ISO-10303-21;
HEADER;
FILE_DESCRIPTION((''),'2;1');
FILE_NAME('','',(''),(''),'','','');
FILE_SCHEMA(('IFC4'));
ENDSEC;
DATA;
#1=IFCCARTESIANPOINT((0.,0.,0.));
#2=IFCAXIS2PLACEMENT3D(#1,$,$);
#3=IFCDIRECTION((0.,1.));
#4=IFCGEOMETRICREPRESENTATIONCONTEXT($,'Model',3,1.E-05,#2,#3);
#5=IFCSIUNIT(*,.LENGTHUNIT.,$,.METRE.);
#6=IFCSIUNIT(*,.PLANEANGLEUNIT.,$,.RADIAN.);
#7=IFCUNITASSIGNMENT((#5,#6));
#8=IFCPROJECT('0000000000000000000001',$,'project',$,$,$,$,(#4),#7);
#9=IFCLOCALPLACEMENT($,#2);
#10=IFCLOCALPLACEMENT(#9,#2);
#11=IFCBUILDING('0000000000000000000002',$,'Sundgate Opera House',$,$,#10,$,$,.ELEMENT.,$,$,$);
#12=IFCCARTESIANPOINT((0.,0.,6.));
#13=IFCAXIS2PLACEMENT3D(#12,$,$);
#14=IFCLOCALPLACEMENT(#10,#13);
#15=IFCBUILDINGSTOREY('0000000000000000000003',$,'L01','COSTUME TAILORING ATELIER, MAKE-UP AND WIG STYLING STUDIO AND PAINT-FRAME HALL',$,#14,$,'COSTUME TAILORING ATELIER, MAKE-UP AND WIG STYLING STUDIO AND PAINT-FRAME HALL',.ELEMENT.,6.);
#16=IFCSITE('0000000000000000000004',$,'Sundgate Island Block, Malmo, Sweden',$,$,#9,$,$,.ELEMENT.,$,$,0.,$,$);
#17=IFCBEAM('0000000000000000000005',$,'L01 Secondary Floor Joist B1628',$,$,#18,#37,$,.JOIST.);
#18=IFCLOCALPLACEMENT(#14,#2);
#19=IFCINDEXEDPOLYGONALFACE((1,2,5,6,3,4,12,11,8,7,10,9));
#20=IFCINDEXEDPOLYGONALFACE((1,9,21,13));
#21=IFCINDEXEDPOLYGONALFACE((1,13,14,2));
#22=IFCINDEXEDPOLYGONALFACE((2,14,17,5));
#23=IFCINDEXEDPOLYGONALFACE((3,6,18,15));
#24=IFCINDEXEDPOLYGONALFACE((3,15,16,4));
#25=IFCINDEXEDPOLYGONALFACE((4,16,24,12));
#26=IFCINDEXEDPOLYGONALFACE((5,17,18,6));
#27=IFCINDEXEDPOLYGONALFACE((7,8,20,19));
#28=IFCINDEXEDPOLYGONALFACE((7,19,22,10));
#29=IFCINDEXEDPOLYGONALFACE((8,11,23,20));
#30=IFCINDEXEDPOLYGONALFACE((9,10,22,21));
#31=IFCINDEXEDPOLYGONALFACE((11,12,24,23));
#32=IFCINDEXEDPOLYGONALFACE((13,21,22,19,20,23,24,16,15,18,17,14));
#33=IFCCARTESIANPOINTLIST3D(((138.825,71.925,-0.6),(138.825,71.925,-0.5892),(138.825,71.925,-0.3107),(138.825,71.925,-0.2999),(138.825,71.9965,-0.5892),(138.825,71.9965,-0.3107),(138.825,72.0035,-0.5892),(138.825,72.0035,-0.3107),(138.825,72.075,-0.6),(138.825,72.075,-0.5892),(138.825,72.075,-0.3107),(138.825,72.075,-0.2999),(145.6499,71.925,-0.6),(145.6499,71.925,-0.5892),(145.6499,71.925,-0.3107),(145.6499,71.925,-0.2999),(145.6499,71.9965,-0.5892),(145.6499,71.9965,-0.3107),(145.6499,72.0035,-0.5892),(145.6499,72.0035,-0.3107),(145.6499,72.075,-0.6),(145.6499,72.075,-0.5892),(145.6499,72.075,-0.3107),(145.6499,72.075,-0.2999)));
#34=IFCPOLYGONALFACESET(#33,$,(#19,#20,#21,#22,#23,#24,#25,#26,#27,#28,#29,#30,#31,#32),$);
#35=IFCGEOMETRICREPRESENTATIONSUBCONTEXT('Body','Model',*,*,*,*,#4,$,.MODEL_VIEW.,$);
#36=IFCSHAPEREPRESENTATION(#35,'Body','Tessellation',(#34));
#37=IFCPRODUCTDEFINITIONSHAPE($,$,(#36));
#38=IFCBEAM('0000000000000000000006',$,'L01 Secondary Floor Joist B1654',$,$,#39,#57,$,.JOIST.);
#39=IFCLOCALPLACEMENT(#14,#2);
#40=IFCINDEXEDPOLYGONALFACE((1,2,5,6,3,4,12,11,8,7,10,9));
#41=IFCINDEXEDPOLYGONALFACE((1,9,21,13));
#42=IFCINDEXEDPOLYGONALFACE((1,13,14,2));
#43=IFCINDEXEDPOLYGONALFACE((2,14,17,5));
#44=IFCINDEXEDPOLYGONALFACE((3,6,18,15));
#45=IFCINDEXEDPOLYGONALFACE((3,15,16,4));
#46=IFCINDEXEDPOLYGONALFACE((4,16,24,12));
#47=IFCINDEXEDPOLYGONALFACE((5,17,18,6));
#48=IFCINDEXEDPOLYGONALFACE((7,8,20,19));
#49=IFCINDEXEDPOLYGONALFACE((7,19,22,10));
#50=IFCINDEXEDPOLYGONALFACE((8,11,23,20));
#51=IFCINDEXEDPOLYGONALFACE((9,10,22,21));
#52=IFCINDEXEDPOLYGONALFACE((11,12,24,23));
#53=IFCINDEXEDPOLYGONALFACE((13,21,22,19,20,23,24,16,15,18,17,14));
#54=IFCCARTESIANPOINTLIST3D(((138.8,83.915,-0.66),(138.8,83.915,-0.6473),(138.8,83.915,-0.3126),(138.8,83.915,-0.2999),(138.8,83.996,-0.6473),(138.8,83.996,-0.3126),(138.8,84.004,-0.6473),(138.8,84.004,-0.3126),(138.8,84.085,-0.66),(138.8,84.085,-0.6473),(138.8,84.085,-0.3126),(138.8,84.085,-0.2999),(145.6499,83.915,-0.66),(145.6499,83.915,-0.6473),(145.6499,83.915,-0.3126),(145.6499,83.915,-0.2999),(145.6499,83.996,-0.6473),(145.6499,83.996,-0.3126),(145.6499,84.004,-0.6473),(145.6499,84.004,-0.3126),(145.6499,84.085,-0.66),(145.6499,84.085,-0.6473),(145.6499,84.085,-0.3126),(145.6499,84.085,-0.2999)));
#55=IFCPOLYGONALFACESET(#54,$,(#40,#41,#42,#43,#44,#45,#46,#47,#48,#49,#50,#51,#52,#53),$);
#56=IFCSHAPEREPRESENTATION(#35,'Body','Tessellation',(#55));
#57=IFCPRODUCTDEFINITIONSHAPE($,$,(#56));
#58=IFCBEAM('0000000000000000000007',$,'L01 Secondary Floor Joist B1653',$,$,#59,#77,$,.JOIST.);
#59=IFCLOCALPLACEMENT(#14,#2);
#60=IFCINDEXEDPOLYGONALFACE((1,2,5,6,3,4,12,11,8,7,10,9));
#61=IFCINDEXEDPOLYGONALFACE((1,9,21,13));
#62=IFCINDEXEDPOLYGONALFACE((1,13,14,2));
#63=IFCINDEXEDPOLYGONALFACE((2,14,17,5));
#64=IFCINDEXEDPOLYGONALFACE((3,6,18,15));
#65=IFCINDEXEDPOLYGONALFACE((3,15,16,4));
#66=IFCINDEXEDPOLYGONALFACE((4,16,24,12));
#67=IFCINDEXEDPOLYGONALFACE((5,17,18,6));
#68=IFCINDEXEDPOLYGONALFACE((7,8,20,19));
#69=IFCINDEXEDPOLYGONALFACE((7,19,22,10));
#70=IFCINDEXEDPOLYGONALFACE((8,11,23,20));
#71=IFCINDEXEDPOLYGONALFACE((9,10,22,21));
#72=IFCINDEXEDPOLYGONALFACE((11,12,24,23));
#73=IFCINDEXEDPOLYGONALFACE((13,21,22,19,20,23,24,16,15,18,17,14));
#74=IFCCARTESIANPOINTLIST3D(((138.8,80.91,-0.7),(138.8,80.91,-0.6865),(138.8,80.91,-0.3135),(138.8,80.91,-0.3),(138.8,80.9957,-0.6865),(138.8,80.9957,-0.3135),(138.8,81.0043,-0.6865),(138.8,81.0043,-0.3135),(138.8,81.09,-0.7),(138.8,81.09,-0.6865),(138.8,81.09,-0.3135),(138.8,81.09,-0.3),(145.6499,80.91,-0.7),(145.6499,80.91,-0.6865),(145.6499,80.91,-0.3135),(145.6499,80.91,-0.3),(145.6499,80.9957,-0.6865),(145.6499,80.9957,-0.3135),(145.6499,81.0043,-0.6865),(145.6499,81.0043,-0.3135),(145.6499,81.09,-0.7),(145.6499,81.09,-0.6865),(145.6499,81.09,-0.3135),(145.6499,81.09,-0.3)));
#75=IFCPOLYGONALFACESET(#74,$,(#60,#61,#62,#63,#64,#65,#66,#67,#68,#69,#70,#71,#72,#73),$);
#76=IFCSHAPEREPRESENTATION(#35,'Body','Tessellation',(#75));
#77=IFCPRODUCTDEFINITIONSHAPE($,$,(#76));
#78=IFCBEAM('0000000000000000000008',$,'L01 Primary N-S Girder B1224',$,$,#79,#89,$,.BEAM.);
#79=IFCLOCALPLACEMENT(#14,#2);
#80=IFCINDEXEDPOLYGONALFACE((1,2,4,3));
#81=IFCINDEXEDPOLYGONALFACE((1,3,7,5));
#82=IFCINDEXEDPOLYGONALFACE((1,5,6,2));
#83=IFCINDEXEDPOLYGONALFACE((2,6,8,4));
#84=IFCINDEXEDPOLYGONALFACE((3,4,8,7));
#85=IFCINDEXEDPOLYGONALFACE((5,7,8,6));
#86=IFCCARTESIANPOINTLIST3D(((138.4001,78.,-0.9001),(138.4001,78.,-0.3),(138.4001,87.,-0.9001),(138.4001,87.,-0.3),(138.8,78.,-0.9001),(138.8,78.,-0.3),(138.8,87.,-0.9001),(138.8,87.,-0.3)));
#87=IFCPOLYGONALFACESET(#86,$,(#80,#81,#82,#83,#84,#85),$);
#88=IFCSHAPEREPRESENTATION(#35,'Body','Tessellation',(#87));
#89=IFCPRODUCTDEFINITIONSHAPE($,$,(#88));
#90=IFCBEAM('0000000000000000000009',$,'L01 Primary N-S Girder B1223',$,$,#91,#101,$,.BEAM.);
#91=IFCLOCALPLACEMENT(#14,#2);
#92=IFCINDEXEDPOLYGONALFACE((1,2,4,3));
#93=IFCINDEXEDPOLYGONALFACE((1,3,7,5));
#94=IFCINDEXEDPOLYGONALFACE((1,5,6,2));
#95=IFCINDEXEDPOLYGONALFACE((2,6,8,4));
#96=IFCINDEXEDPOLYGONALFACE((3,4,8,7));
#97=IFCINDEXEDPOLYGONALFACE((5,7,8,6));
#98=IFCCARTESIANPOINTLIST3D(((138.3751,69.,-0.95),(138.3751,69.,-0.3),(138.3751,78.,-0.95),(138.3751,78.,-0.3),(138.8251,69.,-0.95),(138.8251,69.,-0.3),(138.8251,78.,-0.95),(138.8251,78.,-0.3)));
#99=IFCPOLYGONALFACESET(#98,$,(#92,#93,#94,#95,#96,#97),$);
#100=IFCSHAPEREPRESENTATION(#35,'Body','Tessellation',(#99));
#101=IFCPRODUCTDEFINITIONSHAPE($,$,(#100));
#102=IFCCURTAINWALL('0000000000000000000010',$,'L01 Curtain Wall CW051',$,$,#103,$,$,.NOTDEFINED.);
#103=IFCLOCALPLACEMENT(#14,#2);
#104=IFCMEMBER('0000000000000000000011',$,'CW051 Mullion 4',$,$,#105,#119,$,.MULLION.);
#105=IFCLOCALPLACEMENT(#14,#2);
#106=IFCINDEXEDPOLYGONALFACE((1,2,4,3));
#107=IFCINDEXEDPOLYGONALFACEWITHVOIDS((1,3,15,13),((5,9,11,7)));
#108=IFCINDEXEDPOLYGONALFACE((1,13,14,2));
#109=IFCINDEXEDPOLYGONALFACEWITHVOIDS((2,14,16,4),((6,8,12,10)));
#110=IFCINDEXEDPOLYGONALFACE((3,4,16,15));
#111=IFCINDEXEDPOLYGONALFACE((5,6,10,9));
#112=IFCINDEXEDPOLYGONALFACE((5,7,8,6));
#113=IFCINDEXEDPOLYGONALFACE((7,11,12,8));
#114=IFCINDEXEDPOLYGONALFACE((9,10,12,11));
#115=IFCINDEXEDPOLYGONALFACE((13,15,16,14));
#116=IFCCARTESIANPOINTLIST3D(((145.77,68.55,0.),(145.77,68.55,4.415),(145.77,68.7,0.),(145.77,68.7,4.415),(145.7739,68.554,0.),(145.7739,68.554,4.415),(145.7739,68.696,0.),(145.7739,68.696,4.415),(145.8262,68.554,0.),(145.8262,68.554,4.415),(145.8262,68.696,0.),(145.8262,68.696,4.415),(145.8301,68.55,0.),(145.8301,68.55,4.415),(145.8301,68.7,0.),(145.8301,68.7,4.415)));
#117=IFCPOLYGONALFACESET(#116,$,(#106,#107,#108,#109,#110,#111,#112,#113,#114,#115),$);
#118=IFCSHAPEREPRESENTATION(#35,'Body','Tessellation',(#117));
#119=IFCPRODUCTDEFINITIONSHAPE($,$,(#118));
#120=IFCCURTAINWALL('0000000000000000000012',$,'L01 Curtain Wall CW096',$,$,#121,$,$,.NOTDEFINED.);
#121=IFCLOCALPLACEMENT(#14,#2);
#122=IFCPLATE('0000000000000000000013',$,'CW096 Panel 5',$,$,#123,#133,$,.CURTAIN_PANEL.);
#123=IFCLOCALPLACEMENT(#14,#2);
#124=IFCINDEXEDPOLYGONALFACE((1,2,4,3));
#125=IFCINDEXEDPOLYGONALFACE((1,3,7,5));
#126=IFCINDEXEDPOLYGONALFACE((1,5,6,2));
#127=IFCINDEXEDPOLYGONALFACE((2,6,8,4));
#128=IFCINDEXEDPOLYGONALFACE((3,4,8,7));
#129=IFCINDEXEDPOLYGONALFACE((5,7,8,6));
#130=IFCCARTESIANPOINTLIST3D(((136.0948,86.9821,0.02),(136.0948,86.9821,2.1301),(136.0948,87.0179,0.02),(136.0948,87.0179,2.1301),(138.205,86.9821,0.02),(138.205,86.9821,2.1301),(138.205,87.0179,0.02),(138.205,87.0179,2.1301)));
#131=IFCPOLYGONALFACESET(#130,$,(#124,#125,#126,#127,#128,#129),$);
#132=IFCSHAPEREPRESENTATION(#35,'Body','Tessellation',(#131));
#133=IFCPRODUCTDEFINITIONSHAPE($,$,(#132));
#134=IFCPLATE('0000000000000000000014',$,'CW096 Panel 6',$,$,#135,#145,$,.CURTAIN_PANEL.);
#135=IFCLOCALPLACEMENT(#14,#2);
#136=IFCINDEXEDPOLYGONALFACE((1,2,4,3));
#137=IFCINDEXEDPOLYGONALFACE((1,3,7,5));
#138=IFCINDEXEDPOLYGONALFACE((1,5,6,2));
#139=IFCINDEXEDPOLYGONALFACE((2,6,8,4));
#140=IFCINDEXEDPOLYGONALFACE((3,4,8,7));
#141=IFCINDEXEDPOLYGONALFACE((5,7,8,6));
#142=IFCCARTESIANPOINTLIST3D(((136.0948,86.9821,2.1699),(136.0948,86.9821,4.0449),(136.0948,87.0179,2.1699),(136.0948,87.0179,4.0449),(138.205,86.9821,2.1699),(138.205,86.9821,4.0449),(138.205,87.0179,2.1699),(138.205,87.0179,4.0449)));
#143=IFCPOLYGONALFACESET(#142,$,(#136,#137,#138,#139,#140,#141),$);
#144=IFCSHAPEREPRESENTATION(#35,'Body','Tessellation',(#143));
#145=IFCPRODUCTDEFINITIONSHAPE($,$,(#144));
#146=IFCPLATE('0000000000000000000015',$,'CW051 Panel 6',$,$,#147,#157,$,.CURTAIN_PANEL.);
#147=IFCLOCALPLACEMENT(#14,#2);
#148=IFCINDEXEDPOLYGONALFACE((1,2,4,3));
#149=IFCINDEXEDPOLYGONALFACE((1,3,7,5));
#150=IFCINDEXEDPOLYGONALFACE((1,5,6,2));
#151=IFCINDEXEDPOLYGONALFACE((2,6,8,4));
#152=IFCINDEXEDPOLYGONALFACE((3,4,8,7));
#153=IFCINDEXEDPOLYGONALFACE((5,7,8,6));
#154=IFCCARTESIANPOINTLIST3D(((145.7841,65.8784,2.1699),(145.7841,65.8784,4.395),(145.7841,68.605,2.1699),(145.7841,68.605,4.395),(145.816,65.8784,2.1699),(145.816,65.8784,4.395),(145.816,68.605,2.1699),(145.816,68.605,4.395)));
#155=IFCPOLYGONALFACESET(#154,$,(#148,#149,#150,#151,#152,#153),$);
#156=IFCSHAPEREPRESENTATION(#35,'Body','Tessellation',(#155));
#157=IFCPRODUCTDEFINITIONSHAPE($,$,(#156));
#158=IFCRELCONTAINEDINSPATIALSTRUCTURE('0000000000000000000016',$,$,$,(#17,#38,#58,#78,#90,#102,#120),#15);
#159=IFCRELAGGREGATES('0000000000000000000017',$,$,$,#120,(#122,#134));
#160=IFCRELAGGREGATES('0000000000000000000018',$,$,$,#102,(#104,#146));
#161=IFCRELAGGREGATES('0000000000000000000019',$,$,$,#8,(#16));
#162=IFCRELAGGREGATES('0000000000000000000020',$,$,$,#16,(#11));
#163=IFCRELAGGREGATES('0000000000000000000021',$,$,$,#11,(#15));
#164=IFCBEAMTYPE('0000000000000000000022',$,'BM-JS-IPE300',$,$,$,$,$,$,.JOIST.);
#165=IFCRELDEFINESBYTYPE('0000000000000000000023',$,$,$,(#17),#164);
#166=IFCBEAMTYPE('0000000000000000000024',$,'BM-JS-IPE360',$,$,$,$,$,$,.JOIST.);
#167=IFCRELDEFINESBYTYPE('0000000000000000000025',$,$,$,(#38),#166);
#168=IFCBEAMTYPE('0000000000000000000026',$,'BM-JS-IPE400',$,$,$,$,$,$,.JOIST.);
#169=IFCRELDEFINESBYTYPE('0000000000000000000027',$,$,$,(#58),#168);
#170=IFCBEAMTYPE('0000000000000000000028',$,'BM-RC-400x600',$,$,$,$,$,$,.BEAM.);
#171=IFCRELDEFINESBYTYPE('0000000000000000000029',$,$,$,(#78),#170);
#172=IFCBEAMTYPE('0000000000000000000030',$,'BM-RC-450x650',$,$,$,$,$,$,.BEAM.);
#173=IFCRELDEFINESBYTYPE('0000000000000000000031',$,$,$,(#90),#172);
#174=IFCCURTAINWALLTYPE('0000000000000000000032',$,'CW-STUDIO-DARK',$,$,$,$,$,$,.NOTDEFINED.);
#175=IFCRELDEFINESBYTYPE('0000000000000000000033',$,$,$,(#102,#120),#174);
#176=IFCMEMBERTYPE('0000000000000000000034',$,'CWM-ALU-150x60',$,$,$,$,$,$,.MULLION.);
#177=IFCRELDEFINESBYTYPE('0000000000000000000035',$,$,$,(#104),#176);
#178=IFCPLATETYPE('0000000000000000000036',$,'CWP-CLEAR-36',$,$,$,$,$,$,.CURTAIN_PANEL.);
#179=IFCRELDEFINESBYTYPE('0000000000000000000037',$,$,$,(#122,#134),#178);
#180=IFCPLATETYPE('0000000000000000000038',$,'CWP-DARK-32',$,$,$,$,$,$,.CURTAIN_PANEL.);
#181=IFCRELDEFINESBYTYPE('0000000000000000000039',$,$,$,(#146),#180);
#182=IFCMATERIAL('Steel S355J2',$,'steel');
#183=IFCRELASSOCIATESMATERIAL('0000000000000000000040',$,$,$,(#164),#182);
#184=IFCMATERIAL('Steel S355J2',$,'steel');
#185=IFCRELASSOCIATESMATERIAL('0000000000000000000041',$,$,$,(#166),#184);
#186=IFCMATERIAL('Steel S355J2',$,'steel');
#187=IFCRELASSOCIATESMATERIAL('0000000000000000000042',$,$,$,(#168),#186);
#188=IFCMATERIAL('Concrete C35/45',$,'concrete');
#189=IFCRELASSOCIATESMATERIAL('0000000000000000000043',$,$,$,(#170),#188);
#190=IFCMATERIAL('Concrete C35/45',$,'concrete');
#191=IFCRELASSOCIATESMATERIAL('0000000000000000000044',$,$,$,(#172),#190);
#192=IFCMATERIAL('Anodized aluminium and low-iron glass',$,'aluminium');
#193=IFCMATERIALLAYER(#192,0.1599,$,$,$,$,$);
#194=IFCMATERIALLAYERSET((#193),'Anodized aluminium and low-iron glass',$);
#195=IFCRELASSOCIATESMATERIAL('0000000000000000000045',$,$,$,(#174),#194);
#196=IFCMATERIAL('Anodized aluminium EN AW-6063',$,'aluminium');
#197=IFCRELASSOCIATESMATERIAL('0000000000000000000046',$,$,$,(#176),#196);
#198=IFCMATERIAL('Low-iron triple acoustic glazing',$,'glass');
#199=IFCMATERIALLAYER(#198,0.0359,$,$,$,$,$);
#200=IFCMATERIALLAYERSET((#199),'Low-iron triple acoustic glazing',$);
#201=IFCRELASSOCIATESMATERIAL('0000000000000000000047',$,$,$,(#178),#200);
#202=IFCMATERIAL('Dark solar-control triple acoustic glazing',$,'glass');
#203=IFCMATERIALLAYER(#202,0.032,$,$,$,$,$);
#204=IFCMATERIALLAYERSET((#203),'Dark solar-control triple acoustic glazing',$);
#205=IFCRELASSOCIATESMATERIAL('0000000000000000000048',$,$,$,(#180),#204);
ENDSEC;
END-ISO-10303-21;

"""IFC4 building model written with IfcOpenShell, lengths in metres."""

from ifc_helpers import new_model, si_unit, direction, frame, origin, origin_2d, place, context, subcontext, project, spatial, rectangle, hollow_rectangle, i_section, extrude, material, layer, layer_set, material_profile, profile_set, type_object, element, aggregate, save


model = new_model("IFC4")

# Units and contexts
model_context = context("Model", 3, precision=1e-05, world=origin(), true_north=direction((0.0, 1.0)))
body_context = subcontext(model_context, "Body", "Model", "MODEL_VIEW")
ifc_project = project(units=[si_unit("LENGTHUNIT", "METRE"), si_unit("PLANEANGLEUNIT", "RADIAN")], contexts=[model_context])

# Site, building, storey
site_placement = place(None, origin())
site = spatial("IfcSite", under=ifc_project, at=site_placement, Name="Sundgate Island Block, Malmo, Sweden", CompositionType="ELEMENT", RefElevation=0.0)
building_placement = place(site_placement, origin())
building = spatial("IfcBuilding", under=site, at=building_placement, Name="Sundgate Opera House", CompositionType="ELEMENT")
storey_placement = place(building_placement, frame((0.0, 0.0, 6.0)))
storey = spatial("IfcBuildingStorey", under=building, at=storey_placement, Name="L01", Description="COSTUME TAILORING ATELIER, MAKE-UP AND WIG STYLING STUDIO AND PAINT-FRAME HALL", LongName="COSTUME TAILORING ATELIER, MAKE-UP AND WIG STYLING STUDIO AND PAINT-FRAME HALL", CompositionType="ELEMENT", Elevation=6.0)

# Beams
ifc_material_1 = material(Name="Steel S355J2", Category="steel")
ifc_material_profile_1 = material_profile(ifc_material_1, i_section(OverallWidth=0.1499, OverallDepth=0.3, WebThickness=0.0071, FlangeThickness=0.0107, at=origin_2d()), Name="IPE 300")
ifc_profile_set_1 = profile_set([ifc_material_profile_1], Name="Steel S355J2")
beam_type_1 = type_object("IfcBeamType", Name="BM-JS-IPE300", PredefinedType="JOIST", material=ifc_profile_set_1)
beam_1_placement = place(storey_placement, frame((138.825, 72.0, -0.45), z_axis=(1.0, 0.0, 0.0), x_axis=(0.0, 1.0, 0.0)))
element("IfcBeam", 1, at=beam_1_placement, inside=storey, type_object=beam_type_1, Name="L01 Secondary Floor Joist B1628", PredefinedType="JOIST", context=body_context, shape_type="SweptSolid", body=[
    extrude(i_section(OverallWidth=0.1499, OverallDepth=0.3, WebThickness=0.0071, FlangeThickness=0.0107, at=origin_2d()), origin(), (0.0, 0.0, 1.0), 6.825),
])
ifc_material_2 = material(Name="Steel S355J2", Category="steel")
ifc_material_profile_2 = material_profile(ifc_material_2, i_section(OverallWidth=0.1699, OverallDepth=0.3601, WebThickness=0.0081, FlangeThickness=0.0127, at=origin_2d()), Name="IPE 360")
ifc_profile_set_2 = profile_set([ifc_material_profile_2], Name="Steel S355J2")
beam_type_2 = type_object("IfcBeamType", Name="BM-JS-IPE360", PredefinedType="JOIST", material=ifc_profile_set_2)
beam_2_placement = place(storey_placement, frame((138.8, 84.0, -0.48), z_axis=(1.0, 0.0, 0.0), x_axis=(0.0, 1.0, 0.0)))
element("IfcBeam", 2, at=beam_2_placement, inside=storey, type_object=beam_type_2, Name="L01 Secondary Floor Joist B1654", PredefinedType="JOIST", context=body_context, shape_type="SweptSolid", body=[
    extrude(i_section(OverallWidth=0.1699, OverallDepth=0.3601, WebThickness=0.0081, FlangeThickness=0.0127, at=origin_2d()), origin(), (0.0, 0.0, 1.0), 6.8499),
])
ifc_material_3 = material(Name="Steel S355J2", Category="steel")
ifc_material_profile_3 = material_profile(ifc_material_3, i_section(OverallWidth=0.1799, OverallDepth=0.3999, WebThickness=0.0085, FlangeThickness=0.0134, at=origin_2d()), Name="IPE 400")
ifc_profile_set_3 = profile_set([ifc_material_profile_3], Name="Steel S355J2")
beam_type_3 = type_object("IfcBeamType", Name="BM-JS-IPE400", PredefinedType="JOIST", material=ifc_profile_set_3)
beam_3_placement = place(storey_placement, frame((138.8, 81.0, -0.5), z_axis=(1.0, 0.0, 0.0), x_axis=(0.0, 1.0, 0.0)))
element("IfcBeam", 3, at=beam_3_placement, inside=storey, type_object=beam_type_3, Name="L01 Secondary Floor Joist B1653", PredefinedType="JOIST", context=body_context, shape_type="SweptSolid", body=[
    extrude(i_section(OverallWidth=0.1799, OverallDepth=0.3999, WebThickness=0.0085, FlangeThickness=0.0134, at=origin_2d()), origin(), (0.0, 0.0, 1.0), 6.8499),
])
ifc_material_4 = material(Name="Concrete C35/45", Category="concrete")
ifc_material_profile_4 = material_profile(ifc_material_4, rectangle(XDim=0.3999, YDim=0.6001, at=origin_2d()), Name="RC 400x600")
ifc_profile_set_4 = profile_set([ifc_material_profile_4], Name="Concrete C35/45")
beam_type_4 = type_object("IfcBeamType", Name="BM-RC-400x600", PredefinedType="BEAM", material=ifc_profile_set_4)
beam_4_placement = place(storey_placement, frame((138.6001, 78.0, -0.6001), z_axis=(0.0, 1.0, 0.0), x_axis=(-1.0, 0.0, 0.0)))
element("IfcBeam", 4, at=beam_4_placement, inside=storey, type_object=beam_type_4, Name="L01 Primary N-S Girder B1224", PredefinedType="BEAM", context=body_context, shape_type="SweptSolid", body=[
    extrude(rectangle(XDim=0.3999, YDim=0.6001, at=origin_2d()), origin(), (0.0, 0.0, 1.0), 9.0),
])
ifc_material_5 = material(Name="Concrete C35/45", Category="concrete")
ifc_material_profile_5 = material_profile(ifc_material_5, rectangle(XDim=0.45, YDim=0.6499, at=origin_2d()), Name="RC 450x650")
ifc_profile_set_5 = profile_set([ifc_material_profile_5], Name="Concrete C35/45")
beam_type_5 = type_object("IfcBeamType", Name="BM-RC-450x650", PredefinedType="BEAM", material=ifc_profile_set_5)
beam_5_placement = place(storey_placement, frame((138.6001, 69.0, -0.625), z_axis=(0.0, 1.0, 0.0), x_axis=(-1.0, 0.0, 0.0)))
element("IfcBeam", 5, at=beam_5_placement, inside=storey, type_object=beam_type_5, Name="L01 Primary N-S Girder B1223", PredefinedType="BEAM", context=body_context, shape_type="SweptSolid", body=[
    extrude(rectangle(XDim=0.45, YDim=0.6499, at=origin_2d()), origin(), (0.0, 0.0, 1.0), 9.0),
])

# Curtain wall, member
ifc_material_6 = material(Name="Anodized aluminium and low-iron glass", Category="aluminium")
ifc_layer_1 = layer(ifc_material_6, 0.1599)
ifc_layer_set_1 = layer_set([ifc_layer_1], Name="Anodized aluminium and low-iron glass")
curtain_wall_type = type_object("IfcCurtainWallType", Name="CW-STUDIO-DARK", PredefinedType="NOTDEFINED", material=ifc_layer_set_1)
curtain_wall_1_placement = place(storey_placement, origin())
curtain_wall_1 = element("IfcCurtainWall", 6, at=curtain_wall_1_placement, inside=storey, type_object=curtain_wall_type, Name="L01 Curtain Wall CW051", PredefinedType="NOTDEFINED")
ifc_material_7 = material(Name="Anodized aluminium EN AW-6063", Category="aluminium")
ifc_material_profile_6 = material_profile(ifc_material_7, hollow_rectangle(XDim=0.0601, YDim=0.1499, WallThickness=0.0039, at=origin_2d()), Name="CWM 150x60x4")
ifc_profile_set_6 = profile_set([ifc_material_profile_6], Name="Anodized aluminium EN AW-6063")
member_type = type_object("IfcMemberType", Name="CWM-ALU-150x60", PredefinedType="MULLION", material=ifc_profile_set_6)
member_placement = place(storey_placement, frame((145.8, 68.625, 0.0), z_axis=(0.0, 0.0, 1.0), x_axis=(1.0, 0.0, 0.0)))
member = element("IfcMember", 7, at=member_placement, type_object=member_type, Name="CW051 Mullion 4", PredefinedType="MULLION", context=body_context, shape_type="SweptSolid", body=[
    extrude(hollow_rectangle(XDim=0.0601, YDim=0.1499, WallThickness=0.0039, at=origin_2d()), origin(), (0.0, 0.0, 1.0), 4.415),
])

# Curtain wall, plates
curtain_wall_2_placement = place(storey_placement, origin())
curtain_wall_2 = element("IfcCurtainWall", 8, at=curtain_wall_2_placement, inside=storey, type_object=curtain_wall_type, Name="L01 Curtain Wall CW096", PredefinedType="NOTDEFINED")
ifc_material_8 = material(Name="Low-iron triple acoustic glazing", Category="glass")
ifc_layer_2 = layer(ifc_material_8, 0.0359)
ifc_layer_set_2 = layer_set([ifc_layer_2], Name="Low-iron triple acoustic glazing")
plate_type_1 = type_object("IfcPlateType", Name="CWP-CLEAR-36", PredefinedType="CURTAIN_PANEL", material=ifc_layer_set_2)
plate_1_placement = place(storey_placement, frame((137.1499, 87.0, 0.02), z_axis=(0.0, 0.0, 1.0), x_axis=(1.0, 0.0, 0.0)))
plate_1 = element("IfcPlate", 9, at=plate_1_placement, type_object=plate_type_1, Name="CW096 Panel 5", PredefinedType="CURTAIN_PANEL", context=body_context, shape_type="SweptSolid", body=[
    extrude(rectangle(XDim=2.1101, YDim=0.0359, at=origin_2d()), origin(), (0.0, 0.0, 1.0), 2.1101),
])
plate_2_placement = place(storey_placement, frame((137.1499, 87.0, 2.1699), z_axis=(0.0, 0.0, 1.0), x_axis=(1.0, 0.0, 0.0)))
plate_2 = element("IfcPlate", 10, at=plate_2_placement, type_object=plate_type_1, Name="CW096 Panel 6", PredefinedType="CURTAIN_PANEL", context=body_context, shape_type="SweptSolid", body=[
    extrude(rectangle(XDim=2.1101, YDim=0.0359, at=origin_2d()), origin(), (0.0, 0.0, 1.0), 1.875),
])
aggregate(curtain_wall_2, [plate_1, plate_2])

# Plate
ifc_material_9 = material(Name="Dark solar-control triple acoustic glazing", Category="glass")
ifc_layer_3 = layer(ifc_material_9, 0.032)
ifc_layer_set_3 = layer_set([ifc_layer_3], Name="Dark solar-control triple acoustic glazing")
plate_type_2 = type_object("IfcPlateType", Name="CWP-DARK-32", PredefinedType="CURTAIN_PANEL", material=ifc_layer_set_3)
plate_3_placement = place(storey_placement, frame((145.8, 67.2417, 2.1699), z_axis=(0.0, 0.0, 1.0), x_axis=(0.0, 1.0, 0.0)))
plate_3 = element("IfcPlate", 11, at=plate_3_placement, type_object=plate_type_2, Name="CW051 Panel 6", PredefinedType="CURTAIN_PANEL", context=body_context, shape_type="SweptSolid", body=[
    extrude(rectangle(XDim=2.7266, YDim=0.032, at=origin_2d()), origin(), (0.0, 0.0, 1.0), 2.2251),
])
aggregate(curtain_wall_1, [member, plate_3])

save(model, "model.ifc")
